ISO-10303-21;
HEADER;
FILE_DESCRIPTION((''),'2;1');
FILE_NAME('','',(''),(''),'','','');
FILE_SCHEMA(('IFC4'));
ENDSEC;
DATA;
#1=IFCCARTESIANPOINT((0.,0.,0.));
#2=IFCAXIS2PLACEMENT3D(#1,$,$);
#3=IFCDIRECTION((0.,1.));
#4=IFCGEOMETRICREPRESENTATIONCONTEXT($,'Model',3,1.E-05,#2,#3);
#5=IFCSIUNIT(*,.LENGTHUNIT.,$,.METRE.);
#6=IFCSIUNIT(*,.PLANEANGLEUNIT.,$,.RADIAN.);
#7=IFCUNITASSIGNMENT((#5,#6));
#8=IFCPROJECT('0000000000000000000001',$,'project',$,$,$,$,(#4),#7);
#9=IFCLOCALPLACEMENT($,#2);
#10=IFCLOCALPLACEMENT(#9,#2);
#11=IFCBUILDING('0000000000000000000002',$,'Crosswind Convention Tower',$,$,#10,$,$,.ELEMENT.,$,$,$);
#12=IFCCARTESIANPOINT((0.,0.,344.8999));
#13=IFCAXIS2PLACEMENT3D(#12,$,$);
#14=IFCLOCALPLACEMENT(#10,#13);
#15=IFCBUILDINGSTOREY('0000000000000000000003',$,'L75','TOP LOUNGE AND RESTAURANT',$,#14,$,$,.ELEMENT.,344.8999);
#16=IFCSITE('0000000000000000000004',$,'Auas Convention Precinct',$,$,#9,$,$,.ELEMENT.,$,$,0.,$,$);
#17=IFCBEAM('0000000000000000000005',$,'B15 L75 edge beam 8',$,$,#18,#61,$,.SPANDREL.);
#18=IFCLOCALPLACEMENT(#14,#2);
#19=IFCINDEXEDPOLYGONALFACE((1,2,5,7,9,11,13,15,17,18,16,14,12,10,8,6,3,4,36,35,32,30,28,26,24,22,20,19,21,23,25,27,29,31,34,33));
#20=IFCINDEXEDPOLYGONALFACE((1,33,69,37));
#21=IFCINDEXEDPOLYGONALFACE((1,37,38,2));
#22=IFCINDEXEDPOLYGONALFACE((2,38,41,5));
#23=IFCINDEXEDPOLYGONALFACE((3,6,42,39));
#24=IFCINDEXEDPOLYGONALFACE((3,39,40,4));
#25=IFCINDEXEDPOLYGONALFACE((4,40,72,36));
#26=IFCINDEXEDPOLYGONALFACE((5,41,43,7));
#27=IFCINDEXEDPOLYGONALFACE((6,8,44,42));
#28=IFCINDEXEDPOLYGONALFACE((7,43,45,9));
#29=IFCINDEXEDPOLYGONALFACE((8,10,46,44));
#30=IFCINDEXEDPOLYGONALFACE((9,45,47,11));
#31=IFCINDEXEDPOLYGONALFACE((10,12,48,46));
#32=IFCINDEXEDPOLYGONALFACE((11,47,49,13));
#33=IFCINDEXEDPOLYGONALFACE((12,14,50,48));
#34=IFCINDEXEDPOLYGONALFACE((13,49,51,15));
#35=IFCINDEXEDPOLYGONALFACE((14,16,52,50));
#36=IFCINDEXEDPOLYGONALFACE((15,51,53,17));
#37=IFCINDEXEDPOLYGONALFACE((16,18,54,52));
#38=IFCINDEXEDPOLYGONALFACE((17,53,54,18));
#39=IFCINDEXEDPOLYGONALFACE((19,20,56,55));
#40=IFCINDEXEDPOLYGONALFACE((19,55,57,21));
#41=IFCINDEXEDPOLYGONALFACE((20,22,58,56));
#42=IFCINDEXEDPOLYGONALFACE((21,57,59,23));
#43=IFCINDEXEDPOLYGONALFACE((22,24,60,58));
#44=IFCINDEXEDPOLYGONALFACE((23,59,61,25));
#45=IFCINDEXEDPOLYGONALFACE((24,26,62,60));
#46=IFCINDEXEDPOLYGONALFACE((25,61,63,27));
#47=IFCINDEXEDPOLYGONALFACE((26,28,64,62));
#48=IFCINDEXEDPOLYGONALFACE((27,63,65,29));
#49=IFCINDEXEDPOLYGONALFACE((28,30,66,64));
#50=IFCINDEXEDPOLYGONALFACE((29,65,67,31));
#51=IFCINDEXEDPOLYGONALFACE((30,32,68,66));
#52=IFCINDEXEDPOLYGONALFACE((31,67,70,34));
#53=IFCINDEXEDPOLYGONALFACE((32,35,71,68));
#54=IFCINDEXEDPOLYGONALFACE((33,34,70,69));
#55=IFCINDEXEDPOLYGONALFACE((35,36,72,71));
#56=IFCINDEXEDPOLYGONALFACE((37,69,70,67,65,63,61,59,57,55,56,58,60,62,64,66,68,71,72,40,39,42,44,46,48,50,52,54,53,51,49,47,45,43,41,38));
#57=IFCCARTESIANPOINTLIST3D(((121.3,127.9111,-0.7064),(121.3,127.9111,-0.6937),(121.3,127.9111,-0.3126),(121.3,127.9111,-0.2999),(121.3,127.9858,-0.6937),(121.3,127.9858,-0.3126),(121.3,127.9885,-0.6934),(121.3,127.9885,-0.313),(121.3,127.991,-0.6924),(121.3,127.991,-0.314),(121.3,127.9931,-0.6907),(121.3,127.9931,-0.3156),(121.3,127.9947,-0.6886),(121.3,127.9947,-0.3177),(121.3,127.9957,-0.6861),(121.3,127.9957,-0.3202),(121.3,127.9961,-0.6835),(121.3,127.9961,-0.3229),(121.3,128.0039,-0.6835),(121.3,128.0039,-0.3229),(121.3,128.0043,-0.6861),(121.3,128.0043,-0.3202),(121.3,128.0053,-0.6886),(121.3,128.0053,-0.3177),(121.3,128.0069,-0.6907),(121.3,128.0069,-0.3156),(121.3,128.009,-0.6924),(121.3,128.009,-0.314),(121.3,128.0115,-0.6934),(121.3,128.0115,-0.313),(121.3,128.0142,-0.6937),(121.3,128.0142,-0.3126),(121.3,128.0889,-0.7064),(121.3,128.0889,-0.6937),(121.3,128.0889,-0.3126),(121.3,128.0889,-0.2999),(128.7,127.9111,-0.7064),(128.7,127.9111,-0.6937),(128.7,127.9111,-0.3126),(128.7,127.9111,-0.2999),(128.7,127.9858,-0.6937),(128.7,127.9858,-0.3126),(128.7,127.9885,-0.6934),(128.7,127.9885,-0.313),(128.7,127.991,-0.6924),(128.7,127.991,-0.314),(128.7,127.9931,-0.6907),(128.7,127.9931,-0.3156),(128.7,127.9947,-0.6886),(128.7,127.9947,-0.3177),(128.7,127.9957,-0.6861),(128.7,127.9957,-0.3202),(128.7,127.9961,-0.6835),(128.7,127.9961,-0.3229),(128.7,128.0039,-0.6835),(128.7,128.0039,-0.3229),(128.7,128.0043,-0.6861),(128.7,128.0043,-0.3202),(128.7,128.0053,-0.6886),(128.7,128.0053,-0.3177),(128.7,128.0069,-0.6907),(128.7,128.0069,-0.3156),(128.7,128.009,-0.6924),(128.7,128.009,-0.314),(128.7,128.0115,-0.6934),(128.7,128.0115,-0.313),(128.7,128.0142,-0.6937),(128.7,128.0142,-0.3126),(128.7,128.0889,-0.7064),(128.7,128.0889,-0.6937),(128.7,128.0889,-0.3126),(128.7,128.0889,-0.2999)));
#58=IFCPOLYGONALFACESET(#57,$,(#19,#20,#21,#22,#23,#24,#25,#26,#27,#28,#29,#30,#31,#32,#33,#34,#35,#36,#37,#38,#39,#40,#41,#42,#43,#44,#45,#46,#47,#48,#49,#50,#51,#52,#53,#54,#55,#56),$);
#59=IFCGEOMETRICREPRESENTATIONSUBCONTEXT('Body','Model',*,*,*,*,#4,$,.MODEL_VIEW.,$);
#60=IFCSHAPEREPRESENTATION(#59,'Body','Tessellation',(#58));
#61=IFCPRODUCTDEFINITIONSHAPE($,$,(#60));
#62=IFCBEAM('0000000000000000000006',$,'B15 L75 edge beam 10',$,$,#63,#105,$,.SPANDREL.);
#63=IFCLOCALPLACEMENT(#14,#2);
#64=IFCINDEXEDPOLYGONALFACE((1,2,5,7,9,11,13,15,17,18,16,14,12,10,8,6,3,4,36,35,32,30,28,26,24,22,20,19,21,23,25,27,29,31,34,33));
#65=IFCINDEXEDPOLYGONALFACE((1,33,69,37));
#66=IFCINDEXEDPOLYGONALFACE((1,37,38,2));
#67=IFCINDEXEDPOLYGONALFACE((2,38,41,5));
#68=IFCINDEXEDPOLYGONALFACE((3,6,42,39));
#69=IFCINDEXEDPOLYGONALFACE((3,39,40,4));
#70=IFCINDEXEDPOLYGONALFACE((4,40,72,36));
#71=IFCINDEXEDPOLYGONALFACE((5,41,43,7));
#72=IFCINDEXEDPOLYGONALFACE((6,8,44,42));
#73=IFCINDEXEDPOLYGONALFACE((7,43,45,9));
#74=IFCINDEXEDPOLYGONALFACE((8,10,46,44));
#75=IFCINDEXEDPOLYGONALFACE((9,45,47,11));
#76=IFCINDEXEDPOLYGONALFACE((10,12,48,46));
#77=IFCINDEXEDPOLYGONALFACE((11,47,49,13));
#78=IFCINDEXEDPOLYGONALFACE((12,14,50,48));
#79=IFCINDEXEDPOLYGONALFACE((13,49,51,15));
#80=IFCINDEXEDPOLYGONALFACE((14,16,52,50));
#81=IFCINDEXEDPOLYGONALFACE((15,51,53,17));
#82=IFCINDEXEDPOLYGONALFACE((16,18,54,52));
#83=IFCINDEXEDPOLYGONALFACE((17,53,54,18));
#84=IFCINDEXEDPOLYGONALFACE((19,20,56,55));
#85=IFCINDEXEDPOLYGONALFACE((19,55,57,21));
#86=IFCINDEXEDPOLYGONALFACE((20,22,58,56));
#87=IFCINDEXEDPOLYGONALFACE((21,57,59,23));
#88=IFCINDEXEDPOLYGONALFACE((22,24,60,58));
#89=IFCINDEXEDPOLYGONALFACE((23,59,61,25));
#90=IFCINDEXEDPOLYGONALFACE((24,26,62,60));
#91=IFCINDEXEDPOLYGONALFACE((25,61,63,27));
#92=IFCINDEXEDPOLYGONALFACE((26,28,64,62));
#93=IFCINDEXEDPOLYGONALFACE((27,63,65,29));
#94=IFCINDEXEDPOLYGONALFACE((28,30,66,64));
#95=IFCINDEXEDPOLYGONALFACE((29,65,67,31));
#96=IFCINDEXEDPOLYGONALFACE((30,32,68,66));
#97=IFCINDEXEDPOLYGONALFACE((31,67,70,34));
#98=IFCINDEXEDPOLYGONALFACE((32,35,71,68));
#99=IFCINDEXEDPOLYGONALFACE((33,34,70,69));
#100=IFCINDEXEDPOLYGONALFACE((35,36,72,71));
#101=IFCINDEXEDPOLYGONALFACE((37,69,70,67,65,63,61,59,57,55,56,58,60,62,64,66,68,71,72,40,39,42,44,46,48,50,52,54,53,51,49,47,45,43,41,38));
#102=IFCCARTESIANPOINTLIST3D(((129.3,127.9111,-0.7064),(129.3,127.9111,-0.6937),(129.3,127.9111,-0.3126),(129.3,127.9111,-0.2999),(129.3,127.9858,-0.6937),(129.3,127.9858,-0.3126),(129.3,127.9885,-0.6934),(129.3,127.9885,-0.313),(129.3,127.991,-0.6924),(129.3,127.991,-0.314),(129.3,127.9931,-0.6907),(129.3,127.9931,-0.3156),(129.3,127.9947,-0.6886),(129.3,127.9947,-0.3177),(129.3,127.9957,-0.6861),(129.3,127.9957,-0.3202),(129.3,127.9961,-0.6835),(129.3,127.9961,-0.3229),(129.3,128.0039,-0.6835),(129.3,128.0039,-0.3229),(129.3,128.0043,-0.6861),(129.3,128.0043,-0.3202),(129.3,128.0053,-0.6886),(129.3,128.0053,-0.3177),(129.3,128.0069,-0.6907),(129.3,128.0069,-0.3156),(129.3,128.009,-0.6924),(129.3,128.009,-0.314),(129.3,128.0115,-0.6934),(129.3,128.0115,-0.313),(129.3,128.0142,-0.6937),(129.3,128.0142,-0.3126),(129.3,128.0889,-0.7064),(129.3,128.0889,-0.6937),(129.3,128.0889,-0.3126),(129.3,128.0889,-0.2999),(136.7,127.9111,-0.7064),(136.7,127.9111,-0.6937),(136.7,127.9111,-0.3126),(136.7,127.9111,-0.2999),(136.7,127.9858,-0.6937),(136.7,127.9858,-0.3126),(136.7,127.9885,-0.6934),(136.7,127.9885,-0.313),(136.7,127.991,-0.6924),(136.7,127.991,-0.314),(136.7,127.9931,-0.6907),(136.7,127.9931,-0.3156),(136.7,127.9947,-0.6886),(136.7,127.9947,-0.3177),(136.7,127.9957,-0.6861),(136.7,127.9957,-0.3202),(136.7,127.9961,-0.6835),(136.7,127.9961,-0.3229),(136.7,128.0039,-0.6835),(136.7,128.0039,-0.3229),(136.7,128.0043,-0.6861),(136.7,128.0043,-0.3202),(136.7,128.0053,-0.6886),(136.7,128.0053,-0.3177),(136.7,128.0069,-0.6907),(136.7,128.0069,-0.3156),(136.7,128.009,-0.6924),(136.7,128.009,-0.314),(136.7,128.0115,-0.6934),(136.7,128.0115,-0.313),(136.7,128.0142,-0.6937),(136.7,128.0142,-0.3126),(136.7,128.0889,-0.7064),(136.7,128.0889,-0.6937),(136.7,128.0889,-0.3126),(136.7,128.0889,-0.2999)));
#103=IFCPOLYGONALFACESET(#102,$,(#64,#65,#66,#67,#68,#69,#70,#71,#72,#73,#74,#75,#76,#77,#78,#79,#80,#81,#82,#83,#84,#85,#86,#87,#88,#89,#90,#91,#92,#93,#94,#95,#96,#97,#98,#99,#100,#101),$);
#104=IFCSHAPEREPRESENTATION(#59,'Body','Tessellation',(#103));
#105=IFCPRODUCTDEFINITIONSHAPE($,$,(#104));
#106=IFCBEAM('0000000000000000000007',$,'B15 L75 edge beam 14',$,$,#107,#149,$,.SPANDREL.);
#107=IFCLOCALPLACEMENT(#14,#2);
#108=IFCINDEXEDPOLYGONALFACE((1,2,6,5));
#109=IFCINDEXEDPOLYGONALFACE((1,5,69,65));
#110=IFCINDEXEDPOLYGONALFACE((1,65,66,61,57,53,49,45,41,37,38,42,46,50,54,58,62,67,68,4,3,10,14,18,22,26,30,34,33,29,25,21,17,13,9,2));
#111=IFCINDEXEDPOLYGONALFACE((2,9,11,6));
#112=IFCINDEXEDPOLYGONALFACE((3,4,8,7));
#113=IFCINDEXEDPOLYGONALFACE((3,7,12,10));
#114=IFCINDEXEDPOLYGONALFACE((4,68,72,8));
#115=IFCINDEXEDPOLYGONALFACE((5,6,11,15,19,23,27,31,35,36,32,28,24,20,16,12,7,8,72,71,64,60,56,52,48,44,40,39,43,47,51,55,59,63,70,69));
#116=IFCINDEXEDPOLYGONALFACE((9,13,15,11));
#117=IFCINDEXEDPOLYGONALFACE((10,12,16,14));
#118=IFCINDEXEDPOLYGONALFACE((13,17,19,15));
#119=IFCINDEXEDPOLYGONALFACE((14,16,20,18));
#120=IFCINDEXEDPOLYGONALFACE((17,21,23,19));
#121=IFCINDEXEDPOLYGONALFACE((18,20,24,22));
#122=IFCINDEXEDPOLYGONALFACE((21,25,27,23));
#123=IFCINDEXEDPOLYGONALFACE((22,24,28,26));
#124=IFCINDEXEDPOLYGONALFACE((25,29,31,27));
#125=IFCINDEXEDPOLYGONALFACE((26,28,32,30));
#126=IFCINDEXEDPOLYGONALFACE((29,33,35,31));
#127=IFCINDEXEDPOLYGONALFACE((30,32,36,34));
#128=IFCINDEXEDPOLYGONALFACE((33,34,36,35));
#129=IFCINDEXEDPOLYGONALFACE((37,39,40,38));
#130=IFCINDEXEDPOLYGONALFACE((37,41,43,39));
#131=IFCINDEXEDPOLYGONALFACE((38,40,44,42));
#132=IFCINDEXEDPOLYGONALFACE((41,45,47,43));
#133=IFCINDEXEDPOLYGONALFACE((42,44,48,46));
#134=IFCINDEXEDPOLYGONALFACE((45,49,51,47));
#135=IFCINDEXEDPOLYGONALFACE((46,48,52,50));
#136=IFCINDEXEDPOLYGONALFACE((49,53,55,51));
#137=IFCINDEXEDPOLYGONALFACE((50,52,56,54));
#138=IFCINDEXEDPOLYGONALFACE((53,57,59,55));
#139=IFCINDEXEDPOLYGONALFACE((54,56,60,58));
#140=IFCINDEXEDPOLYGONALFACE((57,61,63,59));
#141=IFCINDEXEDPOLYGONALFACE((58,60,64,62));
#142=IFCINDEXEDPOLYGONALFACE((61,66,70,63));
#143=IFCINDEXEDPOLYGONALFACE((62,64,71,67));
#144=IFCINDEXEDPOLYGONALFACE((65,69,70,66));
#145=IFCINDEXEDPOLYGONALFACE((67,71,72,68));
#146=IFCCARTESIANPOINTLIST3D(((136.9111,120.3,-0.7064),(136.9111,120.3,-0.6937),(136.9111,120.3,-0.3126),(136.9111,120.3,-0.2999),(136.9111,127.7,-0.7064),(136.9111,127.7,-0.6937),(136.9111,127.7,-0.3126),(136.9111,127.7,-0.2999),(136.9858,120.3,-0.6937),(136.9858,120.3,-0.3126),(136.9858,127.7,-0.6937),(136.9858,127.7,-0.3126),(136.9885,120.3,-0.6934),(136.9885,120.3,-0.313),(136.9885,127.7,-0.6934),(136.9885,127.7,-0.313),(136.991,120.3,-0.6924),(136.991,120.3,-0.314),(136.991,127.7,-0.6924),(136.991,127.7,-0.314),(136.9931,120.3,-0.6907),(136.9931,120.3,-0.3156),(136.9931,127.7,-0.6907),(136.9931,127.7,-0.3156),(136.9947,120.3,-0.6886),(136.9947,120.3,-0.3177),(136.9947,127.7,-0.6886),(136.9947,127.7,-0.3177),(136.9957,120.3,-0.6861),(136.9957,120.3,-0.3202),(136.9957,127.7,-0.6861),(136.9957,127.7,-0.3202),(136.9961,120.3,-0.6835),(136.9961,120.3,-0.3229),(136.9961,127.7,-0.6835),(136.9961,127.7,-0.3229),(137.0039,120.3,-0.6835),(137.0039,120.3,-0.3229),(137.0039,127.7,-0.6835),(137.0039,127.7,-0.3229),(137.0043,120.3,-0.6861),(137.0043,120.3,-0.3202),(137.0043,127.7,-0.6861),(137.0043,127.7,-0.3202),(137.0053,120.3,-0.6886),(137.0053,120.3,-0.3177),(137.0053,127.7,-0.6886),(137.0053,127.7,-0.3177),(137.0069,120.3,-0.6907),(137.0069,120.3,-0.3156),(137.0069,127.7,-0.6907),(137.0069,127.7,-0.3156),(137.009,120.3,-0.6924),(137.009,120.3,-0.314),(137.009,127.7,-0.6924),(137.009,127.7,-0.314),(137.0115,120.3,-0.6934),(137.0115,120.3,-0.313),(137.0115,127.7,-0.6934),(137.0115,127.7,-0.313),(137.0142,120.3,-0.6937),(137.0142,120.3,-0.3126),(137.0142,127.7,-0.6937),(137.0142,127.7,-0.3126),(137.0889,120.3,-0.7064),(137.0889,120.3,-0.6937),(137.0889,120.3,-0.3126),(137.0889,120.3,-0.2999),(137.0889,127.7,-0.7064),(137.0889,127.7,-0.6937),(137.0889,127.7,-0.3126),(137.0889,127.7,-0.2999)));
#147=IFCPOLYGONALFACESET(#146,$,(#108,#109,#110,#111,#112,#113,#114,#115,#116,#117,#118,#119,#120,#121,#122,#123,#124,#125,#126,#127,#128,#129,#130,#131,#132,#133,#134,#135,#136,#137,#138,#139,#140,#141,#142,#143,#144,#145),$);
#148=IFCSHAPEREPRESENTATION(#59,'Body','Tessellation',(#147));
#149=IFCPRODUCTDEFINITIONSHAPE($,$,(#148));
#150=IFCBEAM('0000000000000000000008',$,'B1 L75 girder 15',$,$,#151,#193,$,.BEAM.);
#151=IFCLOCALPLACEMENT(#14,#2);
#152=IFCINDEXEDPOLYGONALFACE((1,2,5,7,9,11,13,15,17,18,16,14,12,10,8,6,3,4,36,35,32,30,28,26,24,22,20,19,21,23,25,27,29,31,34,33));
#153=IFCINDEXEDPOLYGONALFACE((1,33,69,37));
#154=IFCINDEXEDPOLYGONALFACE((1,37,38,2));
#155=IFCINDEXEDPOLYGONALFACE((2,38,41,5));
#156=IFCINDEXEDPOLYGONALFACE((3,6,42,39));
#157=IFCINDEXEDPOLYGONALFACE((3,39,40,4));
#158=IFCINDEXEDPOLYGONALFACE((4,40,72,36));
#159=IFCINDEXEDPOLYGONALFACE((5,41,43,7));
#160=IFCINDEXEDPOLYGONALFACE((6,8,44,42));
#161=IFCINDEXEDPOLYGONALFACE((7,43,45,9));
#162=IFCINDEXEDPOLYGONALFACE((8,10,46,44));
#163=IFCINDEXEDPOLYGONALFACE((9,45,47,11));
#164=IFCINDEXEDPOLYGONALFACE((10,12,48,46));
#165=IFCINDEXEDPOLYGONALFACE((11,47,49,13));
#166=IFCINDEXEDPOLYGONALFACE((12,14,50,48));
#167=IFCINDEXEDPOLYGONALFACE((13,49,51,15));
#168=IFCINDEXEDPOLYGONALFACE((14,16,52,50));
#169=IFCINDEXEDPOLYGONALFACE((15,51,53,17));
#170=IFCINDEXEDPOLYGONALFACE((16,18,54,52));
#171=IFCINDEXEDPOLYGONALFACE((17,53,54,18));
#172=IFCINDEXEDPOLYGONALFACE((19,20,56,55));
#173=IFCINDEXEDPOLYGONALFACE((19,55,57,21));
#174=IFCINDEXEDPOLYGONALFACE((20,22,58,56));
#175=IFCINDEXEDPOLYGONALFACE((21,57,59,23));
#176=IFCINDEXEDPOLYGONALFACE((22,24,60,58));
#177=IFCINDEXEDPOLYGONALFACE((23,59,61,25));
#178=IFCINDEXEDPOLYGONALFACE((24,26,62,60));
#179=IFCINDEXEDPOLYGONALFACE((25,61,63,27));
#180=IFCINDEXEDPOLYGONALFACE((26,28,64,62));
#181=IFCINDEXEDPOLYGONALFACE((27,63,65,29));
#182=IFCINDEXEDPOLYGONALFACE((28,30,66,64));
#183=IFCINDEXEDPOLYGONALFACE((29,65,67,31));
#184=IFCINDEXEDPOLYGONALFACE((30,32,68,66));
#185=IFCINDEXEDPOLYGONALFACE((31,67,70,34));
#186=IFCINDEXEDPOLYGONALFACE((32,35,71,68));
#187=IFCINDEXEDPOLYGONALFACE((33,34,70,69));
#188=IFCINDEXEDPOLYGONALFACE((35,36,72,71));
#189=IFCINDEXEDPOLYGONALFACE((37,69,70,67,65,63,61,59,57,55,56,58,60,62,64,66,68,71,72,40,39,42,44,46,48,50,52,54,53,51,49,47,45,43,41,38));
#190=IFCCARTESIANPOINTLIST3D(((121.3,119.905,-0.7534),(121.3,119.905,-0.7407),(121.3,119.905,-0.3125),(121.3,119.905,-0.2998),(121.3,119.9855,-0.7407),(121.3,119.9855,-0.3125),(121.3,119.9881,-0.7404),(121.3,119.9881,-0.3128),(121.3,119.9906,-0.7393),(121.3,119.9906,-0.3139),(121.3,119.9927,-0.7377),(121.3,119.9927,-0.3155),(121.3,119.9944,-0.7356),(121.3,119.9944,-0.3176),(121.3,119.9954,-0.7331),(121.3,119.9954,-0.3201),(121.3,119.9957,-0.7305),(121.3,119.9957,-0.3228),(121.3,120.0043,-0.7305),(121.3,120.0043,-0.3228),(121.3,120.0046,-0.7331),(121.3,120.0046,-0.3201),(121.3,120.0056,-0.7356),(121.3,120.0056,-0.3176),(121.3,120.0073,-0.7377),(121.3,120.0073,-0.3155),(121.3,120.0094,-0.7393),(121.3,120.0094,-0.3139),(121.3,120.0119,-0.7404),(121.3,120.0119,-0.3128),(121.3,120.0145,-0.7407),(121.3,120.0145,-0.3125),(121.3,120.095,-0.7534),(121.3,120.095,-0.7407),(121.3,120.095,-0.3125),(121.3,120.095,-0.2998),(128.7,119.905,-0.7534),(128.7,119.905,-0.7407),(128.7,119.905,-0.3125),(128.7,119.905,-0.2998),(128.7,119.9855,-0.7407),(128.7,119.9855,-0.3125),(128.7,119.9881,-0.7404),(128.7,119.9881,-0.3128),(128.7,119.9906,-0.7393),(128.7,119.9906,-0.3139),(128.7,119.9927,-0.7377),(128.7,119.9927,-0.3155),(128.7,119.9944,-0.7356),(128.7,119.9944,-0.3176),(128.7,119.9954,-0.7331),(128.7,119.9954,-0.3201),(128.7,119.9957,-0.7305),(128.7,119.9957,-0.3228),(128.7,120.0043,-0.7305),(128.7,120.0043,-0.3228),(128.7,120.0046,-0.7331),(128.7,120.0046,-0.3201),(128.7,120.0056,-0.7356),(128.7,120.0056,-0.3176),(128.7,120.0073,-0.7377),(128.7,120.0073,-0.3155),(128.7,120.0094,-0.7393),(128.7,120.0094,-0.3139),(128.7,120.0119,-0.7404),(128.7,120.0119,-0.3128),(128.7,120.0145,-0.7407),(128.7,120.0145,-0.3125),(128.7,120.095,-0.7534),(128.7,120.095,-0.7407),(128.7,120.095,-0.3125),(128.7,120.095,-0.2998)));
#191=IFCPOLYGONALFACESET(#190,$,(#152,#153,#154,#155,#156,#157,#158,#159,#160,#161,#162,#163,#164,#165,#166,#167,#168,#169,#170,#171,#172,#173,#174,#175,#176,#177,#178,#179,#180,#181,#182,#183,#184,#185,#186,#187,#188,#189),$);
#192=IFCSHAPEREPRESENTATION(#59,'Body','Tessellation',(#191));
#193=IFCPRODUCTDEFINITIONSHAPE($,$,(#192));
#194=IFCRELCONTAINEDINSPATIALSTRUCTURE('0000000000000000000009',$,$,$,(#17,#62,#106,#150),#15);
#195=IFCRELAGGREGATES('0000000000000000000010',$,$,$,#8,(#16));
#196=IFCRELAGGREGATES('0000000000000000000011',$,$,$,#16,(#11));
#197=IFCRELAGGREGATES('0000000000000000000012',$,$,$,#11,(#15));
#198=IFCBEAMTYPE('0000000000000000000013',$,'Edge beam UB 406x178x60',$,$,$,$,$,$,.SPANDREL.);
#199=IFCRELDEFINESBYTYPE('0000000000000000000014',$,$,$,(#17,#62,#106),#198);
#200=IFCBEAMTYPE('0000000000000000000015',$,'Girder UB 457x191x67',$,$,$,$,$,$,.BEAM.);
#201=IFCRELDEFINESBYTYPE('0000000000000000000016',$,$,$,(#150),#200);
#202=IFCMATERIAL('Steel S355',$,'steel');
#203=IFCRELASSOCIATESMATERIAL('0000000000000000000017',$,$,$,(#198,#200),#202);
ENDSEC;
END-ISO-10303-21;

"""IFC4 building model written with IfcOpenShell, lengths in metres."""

from ifc_helpers import new_model, si_unit, direction, frame, origin, origin_2d, place, context, subcontext, project, spatial, i_section, extrude, material, material_profile, profile_set, type_object, element, save


model = new_model("IFC4")

# Units and contexts
model_context = context("Model", 3, precision=1e-05, world=origin(), true_north=direction((0.0, 1.0)))
body_context = subcontext(model_context, "Body", "Model", "MODEL_VIEW")
ifc_project = project(units=[si_unit("LENGTHUNIT", "METRE"), si_unit("PLANEANGLEUNIT", "RADIAN")], contexts=[model_context])

# Site, building, storey
site_placement = place(None, origin())
site = spatial("IfcSite", under=ifc_project, at=site_placement, Name="Auas Convention Precinct", CompositionType="ELEMENT", RefElevation=0.0)
building_placement = place(site_placement, origin())
building = spatial("IfcBuilding", under=site, at=building_placement, Name="Crosswind Convention Tower", CompositionType="ELEMENT")
storey_placement = place(building_placement, frame((0.0, 0.0, 344.8999)))
storey = spatial("IfcBuildingStorey", under=building, at=storey_placement, Name="L75", Description="TOP LOUNGE AND RESTAURANT", CompositionType="ELEMENT", Elevation=344.8999)

# Beams
ifc_material_1 = material(Name="Steel S355", Category="steel")
ifc_material_profile_1 = material_profile(ifc_material_1, i_section(OverallWidth=0.1777, OverallDepth=0.4065, WebThickness=0.0078, FlangeThickness=0.0127, FilletRadius=0.0103, at=origin_2d()), Name="UB 406x178x60")
ifc_profile_set_1 = profile_set([ifc_material_profile_1], Name="Steel S355")
beam_type_1 = type_object("IfcBeamType", Name="Edge beam UB 406x178x60", PredefinedType="SPANDREL", material=ifc_profile_set_1)
for number, where, z_axis, x_axis, name in (
    (1, (121.3, 128.0, -0.5032), (1.0, 0.0, 0.0), (0.0, 1.0, 0.0), "B15 L75 edge beam 8"),
    (2, (129.3, 128.0, -0.5032), (1.0, 0.0, 0.0), (0.0, 1.0, 0.0), "B15 L75 edge beam 10"),
    (3, (137.0, 120.3, -0.5032), (0.0, 1.0, 0.0), (-1.0, 0.0, 0.0), "B15 L75 edge beam 14"),
):
    element("IfcBeam", number, at=place(storey_placement, frame(where, z_axis=z_axis, x_axis=x_axis)), inside=storey, type_object=beam_type_1, Name=name, PredefinedType="SPANDREL", context=body_context, shape_type="SweptSolid", body=[
        extrude(i_section(OverallWidth=0.1777, OverallDepth=0.4065, WebThickness=0.0078, FlangeThickness=0.0127, FilletRadius=0.0103, at=origin_2d()), origin(), (0.0, 0.0, 1.0), 7.3999),
    ])
ifc_material_profile_2 = material_profile(ifc_material_1, i_section(OverallWidth=0.1899, OverallDepth=0.4536, WebThickness=0.0085, FlangeThickness=0.0127, FilletRadius=0.0103, at=origin_2d()), Name="UB 457x191x67")
ifc_profile_set_2 = profile_set([ifc_material_profile_2], Name="Steel S355")
beam_type_2 = type_object("IfcBeamType", Name="Girder UB 457x191x67", PredefinedType="BEAM", material=ifc_profile_set_2)
for number, where, z_axis, x_axis, name in (
    (4, (121.3, 120.0, -0.5266), (1.0, 0.0, 0.0), (0.0, 1.0, 0.0), "B1 L75 girder 15"),
):
    element("IfcBeam", number, at=place(storey_placement, frame(where, z_axis=z_axis, x_axis=x_axis)), inside=storey, type_object=beam_type_2, Name=name, PredefinedType="BEAM", context=body_context, shape_type="SweptSolid", body=[
        extrude(i_section(OverallWidth=0.1899, OverallDepth=0.4536, WebThickness=0.0085, FlangeThickness=0.0127, FilletRadius=0.0103, at=origin_2d()), origin(), (0.0, 0.0, 1.0), 7.3999),
    ])

save(model, "model.ifc")
